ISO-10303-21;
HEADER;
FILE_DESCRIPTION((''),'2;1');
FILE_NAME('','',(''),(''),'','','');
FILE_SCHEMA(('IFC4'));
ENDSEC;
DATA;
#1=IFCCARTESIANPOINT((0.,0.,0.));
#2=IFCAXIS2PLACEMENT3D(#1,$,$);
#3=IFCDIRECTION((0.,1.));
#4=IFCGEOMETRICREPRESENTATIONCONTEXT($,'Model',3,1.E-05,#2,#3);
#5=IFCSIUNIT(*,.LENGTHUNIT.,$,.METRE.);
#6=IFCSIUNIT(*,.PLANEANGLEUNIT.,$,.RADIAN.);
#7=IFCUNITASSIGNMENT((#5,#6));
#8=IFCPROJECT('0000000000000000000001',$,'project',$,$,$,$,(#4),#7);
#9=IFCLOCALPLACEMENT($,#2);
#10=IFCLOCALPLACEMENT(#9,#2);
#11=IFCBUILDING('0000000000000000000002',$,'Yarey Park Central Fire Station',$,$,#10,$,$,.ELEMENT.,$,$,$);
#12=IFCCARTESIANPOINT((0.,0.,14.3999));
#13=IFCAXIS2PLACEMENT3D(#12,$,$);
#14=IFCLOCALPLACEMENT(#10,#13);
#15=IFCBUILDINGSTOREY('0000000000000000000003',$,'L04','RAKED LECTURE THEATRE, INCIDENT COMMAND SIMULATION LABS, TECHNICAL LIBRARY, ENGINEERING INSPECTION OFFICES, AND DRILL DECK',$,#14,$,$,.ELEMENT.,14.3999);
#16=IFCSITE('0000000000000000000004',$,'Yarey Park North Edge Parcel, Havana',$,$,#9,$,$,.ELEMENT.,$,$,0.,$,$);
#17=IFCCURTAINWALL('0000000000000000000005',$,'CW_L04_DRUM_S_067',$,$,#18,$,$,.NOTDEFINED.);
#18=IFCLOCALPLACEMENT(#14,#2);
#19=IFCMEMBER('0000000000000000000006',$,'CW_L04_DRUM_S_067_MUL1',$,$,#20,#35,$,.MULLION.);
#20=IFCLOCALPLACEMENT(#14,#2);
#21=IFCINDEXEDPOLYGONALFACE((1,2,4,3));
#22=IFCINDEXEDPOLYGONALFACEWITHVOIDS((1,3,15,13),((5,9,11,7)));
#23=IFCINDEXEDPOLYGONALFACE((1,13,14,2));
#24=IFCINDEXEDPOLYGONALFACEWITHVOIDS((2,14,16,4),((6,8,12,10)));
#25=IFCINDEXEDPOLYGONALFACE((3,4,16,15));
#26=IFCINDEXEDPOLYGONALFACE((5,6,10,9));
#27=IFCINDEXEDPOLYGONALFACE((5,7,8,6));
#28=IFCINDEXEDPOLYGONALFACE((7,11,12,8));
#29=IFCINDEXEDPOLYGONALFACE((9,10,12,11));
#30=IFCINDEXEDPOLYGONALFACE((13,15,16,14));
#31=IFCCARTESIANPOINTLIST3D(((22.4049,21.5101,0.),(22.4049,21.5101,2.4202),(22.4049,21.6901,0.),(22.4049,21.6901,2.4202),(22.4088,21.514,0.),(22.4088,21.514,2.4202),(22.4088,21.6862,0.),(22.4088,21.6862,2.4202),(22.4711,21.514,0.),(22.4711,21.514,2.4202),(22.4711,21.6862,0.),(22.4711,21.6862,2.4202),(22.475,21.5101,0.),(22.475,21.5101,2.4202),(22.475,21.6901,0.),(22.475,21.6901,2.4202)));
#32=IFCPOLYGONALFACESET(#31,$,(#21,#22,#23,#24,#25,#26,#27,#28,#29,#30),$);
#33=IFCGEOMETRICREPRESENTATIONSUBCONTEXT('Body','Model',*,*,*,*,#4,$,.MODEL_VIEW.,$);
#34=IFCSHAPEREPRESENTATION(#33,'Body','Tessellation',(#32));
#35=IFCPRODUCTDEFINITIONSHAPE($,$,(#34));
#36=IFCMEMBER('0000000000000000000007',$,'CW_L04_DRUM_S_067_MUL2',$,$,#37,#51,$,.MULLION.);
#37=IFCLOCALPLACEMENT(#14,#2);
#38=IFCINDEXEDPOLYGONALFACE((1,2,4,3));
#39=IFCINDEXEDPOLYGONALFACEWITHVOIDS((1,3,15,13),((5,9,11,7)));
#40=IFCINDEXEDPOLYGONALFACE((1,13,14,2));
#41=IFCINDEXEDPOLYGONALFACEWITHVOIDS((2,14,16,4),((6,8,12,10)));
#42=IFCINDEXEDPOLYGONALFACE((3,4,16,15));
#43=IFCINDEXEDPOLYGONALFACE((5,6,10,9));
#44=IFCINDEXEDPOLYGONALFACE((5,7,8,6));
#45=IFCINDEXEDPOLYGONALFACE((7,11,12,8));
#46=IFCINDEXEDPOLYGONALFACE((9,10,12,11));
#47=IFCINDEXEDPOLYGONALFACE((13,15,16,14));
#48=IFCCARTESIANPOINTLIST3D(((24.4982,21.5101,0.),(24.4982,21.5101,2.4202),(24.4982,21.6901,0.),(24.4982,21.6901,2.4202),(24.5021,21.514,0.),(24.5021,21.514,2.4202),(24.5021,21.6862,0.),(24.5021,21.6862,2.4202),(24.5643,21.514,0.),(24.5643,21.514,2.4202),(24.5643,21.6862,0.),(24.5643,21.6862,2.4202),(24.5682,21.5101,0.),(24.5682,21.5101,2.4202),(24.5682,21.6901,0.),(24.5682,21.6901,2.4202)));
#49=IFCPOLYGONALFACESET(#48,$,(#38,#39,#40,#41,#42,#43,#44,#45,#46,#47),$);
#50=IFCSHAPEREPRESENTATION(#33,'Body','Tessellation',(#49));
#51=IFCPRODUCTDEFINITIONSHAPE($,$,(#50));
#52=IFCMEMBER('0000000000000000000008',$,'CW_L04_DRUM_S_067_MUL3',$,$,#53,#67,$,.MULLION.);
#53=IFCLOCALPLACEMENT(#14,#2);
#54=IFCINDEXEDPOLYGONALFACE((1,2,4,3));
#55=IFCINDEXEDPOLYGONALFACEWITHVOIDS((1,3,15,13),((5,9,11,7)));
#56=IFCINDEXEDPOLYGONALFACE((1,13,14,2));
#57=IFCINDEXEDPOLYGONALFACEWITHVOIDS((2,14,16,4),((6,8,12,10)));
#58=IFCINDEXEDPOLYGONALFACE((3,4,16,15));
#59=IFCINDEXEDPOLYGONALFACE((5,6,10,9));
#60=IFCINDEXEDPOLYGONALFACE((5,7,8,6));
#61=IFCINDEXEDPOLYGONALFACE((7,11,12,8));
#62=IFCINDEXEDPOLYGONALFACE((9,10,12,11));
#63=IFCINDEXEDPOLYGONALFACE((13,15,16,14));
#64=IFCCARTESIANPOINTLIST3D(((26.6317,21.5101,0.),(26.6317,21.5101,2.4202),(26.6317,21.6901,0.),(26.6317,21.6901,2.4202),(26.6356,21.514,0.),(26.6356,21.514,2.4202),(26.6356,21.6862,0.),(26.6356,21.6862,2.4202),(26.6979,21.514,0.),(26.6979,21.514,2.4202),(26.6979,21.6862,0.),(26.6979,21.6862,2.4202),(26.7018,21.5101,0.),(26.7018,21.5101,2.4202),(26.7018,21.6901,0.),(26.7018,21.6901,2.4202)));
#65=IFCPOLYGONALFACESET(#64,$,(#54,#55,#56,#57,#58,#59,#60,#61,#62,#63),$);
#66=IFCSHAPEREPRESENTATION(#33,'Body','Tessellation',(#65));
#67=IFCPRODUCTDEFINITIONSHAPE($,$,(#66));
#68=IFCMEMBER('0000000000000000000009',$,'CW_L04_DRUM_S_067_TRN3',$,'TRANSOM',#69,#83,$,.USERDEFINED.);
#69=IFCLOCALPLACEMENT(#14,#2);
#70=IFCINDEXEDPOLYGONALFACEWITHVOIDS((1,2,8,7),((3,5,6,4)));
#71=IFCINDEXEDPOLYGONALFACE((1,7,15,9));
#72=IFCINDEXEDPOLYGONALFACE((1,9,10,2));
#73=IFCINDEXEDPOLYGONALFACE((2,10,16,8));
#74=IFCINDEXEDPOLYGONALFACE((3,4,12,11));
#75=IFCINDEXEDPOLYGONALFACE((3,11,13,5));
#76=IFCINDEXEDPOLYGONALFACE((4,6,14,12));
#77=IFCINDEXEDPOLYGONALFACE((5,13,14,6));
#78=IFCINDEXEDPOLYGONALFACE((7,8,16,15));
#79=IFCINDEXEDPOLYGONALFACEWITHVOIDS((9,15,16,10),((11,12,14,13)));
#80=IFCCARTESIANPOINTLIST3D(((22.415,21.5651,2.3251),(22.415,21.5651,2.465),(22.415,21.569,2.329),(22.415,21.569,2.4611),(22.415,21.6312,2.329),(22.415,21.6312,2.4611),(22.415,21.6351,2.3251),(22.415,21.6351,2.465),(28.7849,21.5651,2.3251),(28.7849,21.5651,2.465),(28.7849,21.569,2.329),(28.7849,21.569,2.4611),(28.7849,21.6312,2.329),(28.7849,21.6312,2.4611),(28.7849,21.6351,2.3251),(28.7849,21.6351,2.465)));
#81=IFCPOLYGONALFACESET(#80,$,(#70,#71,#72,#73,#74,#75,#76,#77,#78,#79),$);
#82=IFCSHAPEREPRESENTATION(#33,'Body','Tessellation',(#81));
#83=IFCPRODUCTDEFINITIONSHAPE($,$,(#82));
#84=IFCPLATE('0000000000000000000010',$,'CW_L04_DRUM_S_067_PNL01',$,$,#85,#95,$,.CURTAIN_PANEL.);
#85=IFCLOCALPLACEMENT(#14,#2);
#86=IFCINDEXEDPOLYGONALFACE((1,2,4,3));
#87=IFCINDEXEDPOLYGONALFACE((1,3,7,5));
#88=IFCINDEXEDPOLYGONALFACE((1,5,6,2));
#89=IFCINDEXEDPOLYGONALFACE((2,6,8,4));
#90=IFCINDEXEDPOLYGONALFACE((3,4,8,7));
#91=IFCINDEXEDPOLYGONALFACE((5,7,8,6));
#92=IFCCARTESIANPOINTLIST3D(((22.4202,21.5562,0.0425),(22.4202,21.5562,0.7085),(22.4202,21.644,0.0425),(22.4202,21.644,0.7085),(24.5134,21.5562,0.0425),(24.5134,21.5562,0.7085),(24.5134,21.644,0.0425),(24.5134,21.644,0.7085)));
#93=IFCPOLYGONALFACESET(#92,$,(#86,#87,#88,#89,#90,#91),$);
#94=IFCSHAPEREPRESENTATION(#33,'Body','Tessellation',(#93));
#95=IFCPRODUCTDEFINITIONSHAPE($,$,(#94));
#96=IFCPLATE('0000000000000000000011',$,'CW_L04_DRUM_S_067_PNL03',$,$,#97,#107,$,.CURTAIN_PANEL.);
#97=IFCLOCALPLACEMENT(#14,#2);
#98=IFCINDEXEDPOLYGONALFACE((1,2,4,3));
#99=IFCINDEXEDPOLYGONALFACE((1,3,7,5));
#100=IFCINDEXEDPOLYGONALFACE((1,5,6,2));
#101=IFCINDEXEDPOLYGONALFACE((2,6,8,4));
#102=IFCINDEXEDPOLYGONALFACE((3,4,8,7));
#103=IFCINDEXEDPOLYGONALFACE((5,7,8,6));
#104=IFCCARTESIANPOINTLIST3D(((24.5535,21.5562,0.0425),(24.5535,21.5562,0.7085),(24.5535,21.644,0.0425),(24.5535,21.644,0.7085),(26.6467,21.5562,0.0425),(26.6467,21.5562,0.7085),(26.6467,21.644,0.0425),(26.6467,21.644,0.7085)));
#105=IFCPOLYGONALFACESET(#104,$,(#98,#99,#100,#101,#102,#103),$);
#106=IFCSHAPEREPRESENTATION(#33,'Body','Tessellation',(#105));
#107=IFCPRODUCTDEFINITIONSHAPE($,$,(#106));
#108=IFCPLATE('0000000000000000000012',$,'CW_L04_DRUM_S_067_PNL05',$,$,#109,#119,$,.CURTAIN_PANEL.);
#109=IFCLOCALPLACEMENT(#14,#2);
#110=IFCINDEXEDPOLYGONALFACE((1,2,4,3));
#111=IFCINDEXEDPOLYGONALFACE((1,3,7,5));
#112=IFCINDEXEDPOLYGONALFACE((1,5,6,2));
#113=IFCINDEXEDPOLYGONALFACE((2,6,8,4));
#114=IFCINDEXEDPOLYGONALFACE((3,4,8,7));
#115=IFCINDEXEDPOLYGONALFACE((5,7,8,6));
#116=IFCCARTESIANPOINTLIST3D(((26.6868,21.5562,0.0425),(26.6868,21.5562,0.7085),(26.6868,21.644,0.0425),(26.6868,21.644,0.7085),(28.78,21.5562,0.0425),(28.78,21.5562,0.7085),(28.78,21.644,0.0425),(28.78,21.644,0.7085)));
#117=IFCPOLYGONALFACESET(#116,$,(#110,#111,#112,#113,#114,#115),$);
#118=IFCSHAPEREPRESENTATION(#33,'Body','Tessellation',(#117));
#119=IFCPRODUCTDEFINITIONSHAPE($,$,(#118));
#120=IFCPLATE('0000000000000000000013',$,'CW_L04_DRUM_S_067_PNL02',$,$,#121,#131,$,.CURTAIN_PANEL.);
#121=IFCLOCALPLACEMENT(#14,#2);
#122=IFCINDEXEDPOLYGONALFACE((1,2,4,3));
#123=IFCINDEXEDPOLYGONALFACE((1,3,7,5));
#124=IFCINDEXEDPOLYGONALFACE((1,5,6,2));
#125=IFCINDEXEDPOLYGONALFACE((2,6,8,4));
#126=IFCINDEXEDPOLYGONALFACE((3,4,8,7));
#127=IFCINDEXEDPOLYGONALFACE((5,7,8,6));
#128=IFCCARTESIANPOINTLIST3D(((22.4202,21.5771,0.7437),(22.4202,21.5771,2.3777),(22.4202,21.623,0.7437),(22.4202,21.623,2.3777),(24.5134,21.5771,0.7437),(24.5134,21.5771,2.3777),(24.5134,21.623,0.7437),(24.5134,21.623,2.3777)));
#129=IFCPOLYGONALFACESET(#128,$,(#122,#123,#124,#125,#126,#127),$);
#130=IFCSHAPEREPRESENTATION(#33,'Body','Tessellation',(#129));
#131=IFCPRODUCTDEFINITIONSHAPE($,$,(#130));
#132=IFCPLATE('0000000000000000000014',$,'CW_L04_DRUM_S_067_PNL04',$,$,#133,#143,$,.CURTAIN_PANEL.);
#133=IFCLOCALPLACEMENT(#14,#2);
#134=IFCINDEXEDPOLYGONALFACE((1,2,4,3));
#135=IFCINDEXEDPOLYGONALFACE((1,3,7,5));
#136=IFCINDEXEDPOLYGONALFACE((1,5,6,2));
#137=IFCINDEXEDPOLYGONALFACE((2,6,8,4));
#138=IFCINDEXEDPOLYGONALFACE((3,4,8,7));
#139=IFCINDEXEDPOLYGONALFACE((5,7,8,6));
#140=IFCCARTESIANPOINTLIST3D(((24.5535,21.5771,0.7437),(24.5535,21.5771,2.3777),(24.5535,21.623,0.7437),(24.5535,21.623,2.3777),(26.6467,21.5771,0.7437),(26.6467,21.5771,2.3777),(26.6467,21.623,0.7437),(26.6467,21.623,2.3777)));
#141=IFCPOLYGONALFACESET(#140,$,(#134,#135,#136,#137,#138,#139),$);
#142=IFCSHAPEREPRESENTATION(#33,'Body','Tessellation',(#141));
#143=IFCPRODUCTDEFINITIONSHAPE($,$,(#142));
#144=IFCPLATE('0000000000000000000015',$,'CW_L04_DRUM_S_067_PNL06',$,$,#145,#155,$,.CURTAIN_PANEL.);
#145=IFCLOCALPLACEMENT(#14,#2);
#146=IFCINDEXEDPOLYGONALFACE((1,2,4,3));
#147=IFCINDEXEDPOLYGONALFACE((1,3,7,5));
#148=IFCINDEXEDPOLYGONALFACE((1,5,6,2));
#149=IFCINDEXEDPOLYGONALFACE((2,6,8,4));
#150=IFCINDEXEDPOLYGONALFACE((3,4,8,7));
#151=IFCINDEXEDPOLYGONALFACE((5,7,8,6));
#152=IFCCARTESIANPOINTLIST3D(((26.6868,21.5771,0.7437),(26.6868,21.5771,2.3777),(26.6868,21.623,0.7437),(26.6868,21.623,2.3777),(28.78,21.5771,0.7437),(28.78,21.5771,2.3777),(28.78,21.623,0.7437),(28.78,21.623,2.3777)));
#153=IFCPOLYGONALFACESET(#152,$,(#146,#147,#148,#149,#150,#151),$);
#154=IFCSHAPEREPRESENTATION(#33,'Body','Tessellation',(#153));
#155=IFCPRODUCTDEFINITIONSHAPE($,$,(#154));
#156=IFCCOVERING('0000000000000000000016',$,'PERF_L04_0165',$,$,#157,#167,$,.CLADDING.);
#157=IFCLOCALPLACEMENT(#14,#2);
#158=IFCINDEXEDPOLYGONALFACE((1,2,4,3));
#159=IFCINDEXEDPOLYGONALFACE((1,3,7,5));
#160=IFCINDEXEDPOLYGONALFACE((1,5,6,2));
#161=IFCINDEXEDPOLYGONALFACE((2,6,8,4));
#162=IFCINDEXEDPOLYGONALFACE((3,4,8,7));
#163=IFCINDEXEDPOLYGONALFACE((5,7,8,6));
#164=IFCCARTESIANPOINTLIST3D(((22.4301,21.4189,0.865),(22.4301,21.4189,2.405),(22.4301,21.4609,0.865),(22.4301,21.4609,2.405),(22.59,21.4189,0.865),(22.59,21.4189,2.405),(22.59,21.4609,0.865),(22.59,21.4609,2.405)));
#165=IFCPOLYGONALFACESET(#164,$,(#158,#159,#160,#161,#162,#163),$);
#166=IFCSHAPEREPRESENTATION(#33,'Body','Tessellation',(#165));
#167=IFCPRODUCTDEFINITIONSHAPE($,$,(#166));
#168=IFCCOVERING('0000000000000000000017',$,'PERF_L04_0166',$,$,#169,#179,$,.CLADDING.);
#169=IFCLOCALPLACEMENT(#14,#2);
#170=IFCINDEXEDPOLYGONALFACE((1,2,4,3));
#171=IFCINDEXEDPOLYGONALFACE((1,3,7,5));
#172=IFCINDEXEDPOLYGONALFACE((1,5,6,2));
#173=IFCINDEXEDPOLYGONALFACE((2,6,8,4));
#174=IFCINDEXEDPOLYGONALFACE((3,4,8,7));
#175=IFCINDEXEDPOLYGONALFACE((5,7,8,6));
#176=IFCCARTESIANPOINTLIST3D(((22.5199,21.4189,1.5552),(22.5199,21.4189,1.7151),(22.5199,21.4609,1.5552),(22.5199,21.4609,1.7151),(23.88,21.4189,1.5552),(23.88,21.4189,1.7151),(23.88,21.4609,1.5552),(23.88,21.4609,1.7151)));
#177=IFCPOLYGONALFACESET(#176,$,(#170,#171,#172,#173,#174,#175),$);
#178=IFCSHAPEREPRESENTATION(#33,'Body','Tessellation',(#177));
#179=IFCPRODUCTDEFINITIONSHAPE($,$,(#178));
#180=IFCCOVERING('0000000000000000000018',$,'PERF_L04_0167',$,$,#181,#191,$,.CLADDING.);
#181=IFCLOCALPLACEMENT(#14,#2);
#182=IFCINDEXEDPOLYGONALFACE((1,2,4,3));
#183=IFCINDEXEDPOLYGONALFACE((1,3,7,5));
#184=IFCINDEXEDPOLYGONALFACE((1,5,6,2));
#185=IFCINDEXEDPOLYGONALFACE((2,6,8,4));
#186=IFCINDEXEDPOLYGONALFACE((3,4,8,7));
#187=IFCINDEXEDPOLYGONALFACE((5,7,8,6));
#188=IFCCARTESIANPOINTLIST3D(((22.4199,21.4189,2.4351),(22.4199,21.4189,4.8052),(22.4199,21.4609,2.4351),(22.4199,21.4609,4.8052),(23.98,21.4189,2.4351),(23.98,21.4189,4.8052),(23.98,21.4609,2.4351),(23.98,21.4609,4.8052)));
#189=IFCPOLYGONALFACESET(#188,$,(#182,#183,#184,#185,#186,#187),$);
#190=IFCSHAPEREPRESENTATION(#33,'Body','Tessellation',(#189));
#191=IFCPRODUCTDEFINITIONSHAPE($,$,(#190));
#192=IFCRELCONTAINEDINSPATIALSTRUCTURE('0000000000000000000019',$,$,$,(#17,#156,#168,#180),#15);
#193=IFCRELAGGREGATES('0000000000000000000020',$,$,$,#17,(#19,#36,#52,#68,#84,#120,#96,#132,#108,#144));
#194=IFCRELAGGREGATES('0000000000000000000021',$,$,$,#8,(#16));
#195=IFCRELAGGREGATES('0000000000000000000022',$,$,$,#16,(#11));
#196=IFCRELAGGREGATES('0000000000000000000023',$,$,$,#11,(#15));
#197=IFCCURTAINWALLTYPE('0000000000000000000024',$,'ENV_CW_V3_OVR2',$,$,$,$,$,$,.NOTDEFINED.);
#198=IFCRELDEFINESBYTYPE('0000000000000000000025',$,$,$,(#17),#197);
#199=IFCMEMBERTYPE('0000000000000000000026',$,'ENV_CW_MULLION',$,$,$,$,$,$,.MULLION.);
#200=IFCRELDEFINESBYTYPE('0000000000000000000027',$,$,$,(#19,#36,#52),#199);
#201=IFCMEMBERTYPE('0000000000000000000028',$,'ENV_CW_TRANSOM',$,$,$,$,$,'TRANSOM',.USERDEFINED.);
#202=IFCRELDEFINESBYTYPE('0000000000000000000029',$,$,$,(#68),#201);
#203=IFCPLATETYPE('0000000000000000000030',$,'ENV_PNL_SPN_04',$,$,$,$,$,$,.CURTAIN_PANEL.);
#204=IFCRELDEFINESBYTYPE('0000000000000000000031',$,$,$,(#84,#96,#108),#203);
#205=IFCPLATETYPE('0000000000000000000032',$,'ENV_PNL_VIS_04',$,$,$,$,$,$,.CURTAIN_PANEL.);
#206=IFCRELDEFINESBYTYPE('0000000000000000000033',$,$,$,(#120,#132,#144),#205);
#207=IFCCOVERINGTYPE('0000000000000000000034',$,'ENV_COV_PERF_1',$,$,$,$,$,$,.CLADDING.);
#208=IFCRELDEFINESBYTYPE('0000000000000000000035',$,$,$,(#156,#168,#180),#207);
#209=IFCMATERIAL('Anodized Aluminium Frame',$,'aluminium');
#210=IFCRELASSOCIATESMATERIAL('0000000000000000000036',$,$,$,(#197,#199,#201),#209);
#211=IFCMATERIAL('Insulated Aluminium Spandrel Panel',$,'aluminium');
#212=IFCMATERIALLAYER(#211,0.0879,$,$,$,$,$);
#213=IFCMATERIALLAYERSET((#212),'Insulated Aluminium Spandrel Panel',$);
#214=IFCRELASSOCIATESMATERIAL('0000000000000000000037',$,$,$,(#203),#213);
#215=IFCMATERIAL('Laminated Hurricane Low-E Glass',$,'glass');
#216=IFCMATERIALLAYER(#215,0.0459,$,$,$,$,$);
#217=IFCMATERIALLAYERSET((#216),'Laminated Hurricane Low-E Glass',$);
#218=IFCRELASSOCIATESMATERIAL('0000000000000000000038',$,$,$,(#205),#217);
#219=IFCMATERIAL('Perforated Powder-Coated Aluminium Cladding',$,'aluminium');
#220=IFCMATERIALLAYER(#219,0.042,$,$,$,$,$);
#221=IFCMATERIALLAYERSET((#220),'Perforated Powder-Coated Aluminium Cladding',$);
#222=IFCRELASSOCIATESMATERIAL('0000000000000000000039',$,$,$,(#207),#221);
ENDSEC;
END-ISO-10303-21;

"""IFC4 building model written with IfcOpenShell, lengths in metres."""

from ifc_helpers import new_model, si_unit, direction, frame, origin, origin_2d, place, context, subcontext, project, spatial, rectangle, hollow_rectangle, extrude, material, layer, layer_set, material_profile, profile_set, type_object, element, aggregate, save


model = new_model("IFC4")

# Units and contexts
model_context = context("Model", 3, precision=1e-05, world=origin(), true_north=direction((0.0, 1.0)))
body_context = subcontext(model_context, "Body", "Model", "MODEL_VIEW")
ifc_project = project(units=[si_unit("LENGTHUNIT", "METRE"), si_unit("PLANEANGLEUNIT", "RADIAN")], contexts=[model_context])

# Site, building, storey
site_placement = place(None, origin())
site = spatial("IfcSite", under=ifc_project, at=site_placement, Name="Yarey Park North Edge Parcel, Havana", CompositionType="ELEMENT", RefElevation=0.0)
building_placement = place(site_placement, origin())
building = spatial("IfcBuilding", under=site, at=building_placement, Name="Yarey Park Central Fire Station", CompositionType="ELEMENT")
storey_placement = place(building_placement, frame((0.0, 0.0, 14.3999)))
storey = spatial("IfcBuildingStorey", under=building, at=storey_placement, Name="L04", Description="RAKED LECTURE THEATRE, INCIDENT COMMAND SIMULATION LABS, TECHNICAL LIBRARY, ENGINEERING INSPECTION OFFICES, AND DRILL DECK", CompositionType="ELEMENT", Elevation=14.3999)

# Curtain wall, members, plates
ifc_material_1 = material(Name="Anodized Aluminium Frame", Category="aluminium")
curtain_wall_type = type_object("IfcCurtainWallType", Name="ENV_CW_V3_OVR2", PredefinedType="NOTDEFINED", material=ifc_material_1)
curtain_wall_placement = place(storey_placement, origin())
curtain_wall = element("IfcCurtainWall", 1, at=curtain_wall_placement, inside=storey, type_object=curtain_wall_type, Name="CW_L04_DRUM_S_067", PredefinedType="NOTDEFINED")
ifc_material_profile_1 = material_profile(ifc_material_1, hollow_rectangle(XDim=0.0701, YDim=0.1799, WallThickness=0.0039, at=origin_2d()), Name="ALU 180x70x4")
ifc_profile_set_1 = profile_set([ifc_material_profile_1], Name="Anodized Aluminium Frame")
member_type_1 = type_object("IfcMemberType", Name="ENV_CW_MULLION", PredefinedType="MULLION", material=ifc_profile_set_1)
member_1_placement = place(storey_placement, frame((22.4399, 21.6001, 0.0), z_axis=(0.0, 0.0, 1.0), x_axis=(1.0, 0.0, 0.0)))
member_1 = element("IfcMember", 2, at=member_1_placement, type_object=member_type_1, Name="CW_L04_DRUM_S_067_MUL1", PredefinedType="MULLION", context=body_context, shape_type="SweptSolid", body=[
    extrude(hollow_rectangle(XDim=0.0701, YDim=0.1799, WallThickness=0.0039, at=origin_2d()), origin(), (0.0, 0.0, 1.0), 2.4202),
])
member_2_placement = place(storey_placement, frame((24.5332, 21.6001, 0.0), z_axis=(0.0, 0.0, 1.0), x_axis=(1.0, 0.0, 0.0)))
member_2 = element("IfcMember", 3, at=member_2_placement, type_object=member_type_1, Name="CW_L04_DRUM_S_067_MUL2", PredefinedType="MULLION", context=body_context, shape_type="SweptSolid", body=[
    extrude(hollow_rectangle(XDim=0.0701, YDim=0.1799, WallThickness=0.0039, at=origin_2d()), origin(), (0.0, 0.0, 1.0), 2.4202),
])
member_3_placement = place(storey_placement, frame((26.6667, 21.6001, 0.0), z_axis=(0.0, 0.0, 1.0), x_axis=(1.0, 0.0, 0.0)))
member_3 = element("IfcMember", 4, at=member_3_placement, type_object=member_type_1, Name="CW_L04_DRUM_S_067_MUL3", PredefinedType="MULLION", context=body_context, shape_type="SweptSolid", body=[
    extrude(hollow_rectangle(XDim=0.0701, YDim=0.1799, WallThickness=0.0039, at=origin_2d()), origin(), (0.0, 0.0, 1.0), 2.4202),
])
ifc_material_profile_2 = material_profile(ifc_material_1, hollow_rectangle(XDim=0.0701, YDim=0.1399, WallThickness=0.0039, at=origin_2d()), Name="ALU 140x70x4")
ifc_profile_set_2 = profile_set([ifc_material_profile_2], Name="Anodized Aluminium Frame")
member_type_2 = type_object("IfcMemberType", Name="ENV_CW_TRANSOM", ElementType="TRANSOM", PredefinedType="USERDEFINED", material=ifc_profile_set_2)
member_4_placement = place(storey_placement, frame((22.415, 21.6001, 2.395), z_axis=(1.0, 0.0, 0.0), x_axis=(0.0, 1.0, 0.0)))
member_4 = element("IfcMember", 5, at=member_4_placement, type_object=member_type_2, Name="CW_L04_DRUM_S_067_TRN3", ObjectType="TRANSOM", PredefinedType="USERDEFINED", context=body_context, shape_type="SweptSolid", body=[
    extrude(hollow_rectangle(XDim=0.0701, YDim=0.1399, WallThickness=0.0039, at=origin_2d()), origin(), (0.0, 0.0, 1.0), 6.3699),
])
ifc_material_2 = material(Name="Insulated Aluminium Spandrel Panel", Category="aluminium")
ifc_layer_1 = layer(ifc_material_2, 0.0879)
ifc_layer_set_1 = layer_set([ifc_layer_1], Name="Insulated Aluminium Spandrel Panel")
plate_type_1 = type_object("IfcPlateType", Name="ENV_PNL_SPN_04", PredefinedType="CURTAIN_PANEL", material=ifc_layer_set_1)
plate_1_placement = place(storey_placement, frame((23.4668, 21.6001, 0.0425), z_axis=(0.0, 0.0, 1.0), x_axis=(1.0, 0.0, 0.0)))
plate_1 = element("IfcPlate", 6, at=plate_1_placement, type_object=plate_type_1, Name="CW_L04_DRUM_S_067_PNL01", PredefinedType="CURTAIN_PANEL", context=body_context, shape_type="SweptSolid", body=[
    extrude(rectangle(XDim=2.0933, YDim=0.0879, at=origin_2d()), origin(), (0.0, 0.0, 1.0), 0.666),
])
plate_2_placement = place(storey_placement, frame((25.6001, 21.6001, 0.0425), z_axis=(0.0, 0.0, 1.0), x_axis=(1.0, 0.0, 0.0)))
plate_2 = element("IfcPlate", 7, at=plate_2_placement, type_object=plate_type_1, Name="CW_L04_DRUM_S_067_PNL03", PredefinedType="CURTAIN_PANEL", context=body_context, shape_type="SweptSolid", body=[
    extrude(rectangle(XDim=2.0933, YDim=0.0879, at=origin_2d()), origin(), (0.0, 0.0, 1.0), 0.666),
])
plate_3_placement = place(storey_placement, frame((27.7334, 21.6001, 0.0425), z_axis=(0.0, 0.0, 1.0), x_axis=(1.0, 0.0, 0.0)))
plate_3 = element("IfcPlate", 8, at=plate_3_placement, type_object=plate_type_1, Name="CW_L04_DRUM_S_067_PNL05", PredefinedType="CURTAIN_PANEL", context=body_context, shape_type="SweptSolid", body=[
    extrude(rectangle(XDim=2.0933, YDim=0.0879, at=origin_2d()), origin(), (0.0, 0.0, 1.0), 0.666),
])
ifc_material_3 = material(Name="Laminated Hurricane Low-E Glass", Category="glass")
ifc_layer_2 = layer(ifc_material_3, 0.0459)
ifc_layer_set_2 = layer_set([ifc_layer_2], Name="Laminated Hurricane Low-E Glass")
plate_type_2 = type_object("IfcPlateType", Name="ENV_PNL_VIS_04", PredefinedType="CURTAIN_PANEL", material=ifc_layer_set_2)
plate_4_placement = place(storey_placement, frame((23.4668, 21.6001, 0.7437), z_axis=(0.0, 0.0, 1.0), x_axis=(1.0, 0.0, 0.0)))
plate_4 = element("IfcPlate", 9, at=plate_4_placement, type_object=plate_type_2, Name="CW_L04_DRUM_S_067_PNL02", PredefinedType="CURTAIN_PANEL", context=body_context, shape_type="SweptSolid", body=[
    extrude(rectangle(XDim=2.0933, YDim=0.0459, at=origin_2d()), origin(), (0.0, 0.0, 1.0), 1.634),
])
plate_5_placement = place(storey_placement, frame((25.6001, 21.6001, 0.7437), z_axis=(0.0, 0.0, 1.0), x_axis=(1.0, 0.0, 0.0)))
plate_5 = element("IfcPlate", 10, at=plate_5_placement, type_object=plate_type_2, Name="CW_L04_DRUM_S_067_PNL04", PredefinedType="CURTAIN_PANEL", context=body_context, shape_type="SweptSolid", body=[
    extrude(rectangle(XDim=2.0933, YDim=0.0459, at=origin_2d()), origin(), (0.0, 0.0, 1.0), 1.634),
])
plate_6_placement = place(storey_placement, frame((27.7334, 21.6001, 0.7437), z_axis=(0.0, 0.0, 1.0), x_axis=(1.0, 0.0, 0.0)))
plate_6 = element("IfcPlate", 11, at=plate_6_placement, type_object=plate_type_2, Name="CW_L04_DRUM_S_067_PNL06", PredefinedType="CURTAIN_PANEL", context=body_context, shape_type="SweptSolid", body=[
    extrude(rectangle(XDim=2.0933, YDim=0.0459, at=origin_2d()), origin(), (0.0, 0.0, 1.0), 1.634),
])
aggregate(curtain_wall, [member_1, member_2, member_3, member_4, plate_1, plate_4, plate_2, plate_5, plate_3, plate_6])

# Coverings
ifc_material_4 = material(Name="Perforated Powder-Coated Aluminium Cladding", Category="aluminium")
ifc_layer_3 = layer(ifc_material_4, 0.042)
ifc_layer_set_3 = layer_set([ifc_layer_3], Name="Perforated Powder-Coated Aluminium Cladding")
covering_type_1 = type_object("IfcCoveringType", Name="ENV_COV_PERF_1", PredefinedType="CLADDING", material=ifc_layer_set_3)
covering_1_placement = place(storey_placement, frame((22.51, 21.4399, 0.865), z_axis=(0.0, 0.0, 1.0), x_axis=(1.0, 0.0, 0.0)))
element("IfcCovering", 12, at=covering_1_placement, inside=storey, type_object=covering_type_1, Name="PERF_L04_0165", PredefinedType="CLADDING", context=body_context, shape_type="SweptSolid", body=[
    extrude(rectangle(XDim=0.1599, YDim=0.042, at=origin_2d()), origin(), (0.0, 0.0, 1.0), 1.54),
])
covering_2_placement = place(storey_placement, frame((23.2, 21.4399, 1.5552), z_axis=(0.0, 0.0, 1.0), x_axis=(1.0, 0.0, 0.0)))
element("IfcCovering", 13, at=covering_2_placement, inside=storey, type_object=covering_type_1, Name="PERF_L04_0166", PredefinedType="CLADDING", context=body_context, shape_type="SweptSolid", body=[
    extrude(rectangle(XDim=1.3601, YDim=0.042, at=origin_2d()), origin(), (0.0, 0.0, 1.0), 0.1599),
])
covering_3_placement = place(storey_placement, frame((23.2, 21.4399, 2.4351), z_axis=(0.0, 0.0, 1.0), x_axis=(1.0, 0.0, 0.0)))
element("IfcCovering", 14, at=covering_3_placement, inside=storey, type_object=covering_type_1, Name="PERF_L04_0167", PredefinedType="CLADDING", context=body_context, shape_type="SweptSolid", body=[
    extrude(rectangle(XDim=1.5601, YDim=0.042, at=origin_2d()), origin(), (0.0, 0.0, 1.0), 2.3701),
])

save(model, "model.ifc")
